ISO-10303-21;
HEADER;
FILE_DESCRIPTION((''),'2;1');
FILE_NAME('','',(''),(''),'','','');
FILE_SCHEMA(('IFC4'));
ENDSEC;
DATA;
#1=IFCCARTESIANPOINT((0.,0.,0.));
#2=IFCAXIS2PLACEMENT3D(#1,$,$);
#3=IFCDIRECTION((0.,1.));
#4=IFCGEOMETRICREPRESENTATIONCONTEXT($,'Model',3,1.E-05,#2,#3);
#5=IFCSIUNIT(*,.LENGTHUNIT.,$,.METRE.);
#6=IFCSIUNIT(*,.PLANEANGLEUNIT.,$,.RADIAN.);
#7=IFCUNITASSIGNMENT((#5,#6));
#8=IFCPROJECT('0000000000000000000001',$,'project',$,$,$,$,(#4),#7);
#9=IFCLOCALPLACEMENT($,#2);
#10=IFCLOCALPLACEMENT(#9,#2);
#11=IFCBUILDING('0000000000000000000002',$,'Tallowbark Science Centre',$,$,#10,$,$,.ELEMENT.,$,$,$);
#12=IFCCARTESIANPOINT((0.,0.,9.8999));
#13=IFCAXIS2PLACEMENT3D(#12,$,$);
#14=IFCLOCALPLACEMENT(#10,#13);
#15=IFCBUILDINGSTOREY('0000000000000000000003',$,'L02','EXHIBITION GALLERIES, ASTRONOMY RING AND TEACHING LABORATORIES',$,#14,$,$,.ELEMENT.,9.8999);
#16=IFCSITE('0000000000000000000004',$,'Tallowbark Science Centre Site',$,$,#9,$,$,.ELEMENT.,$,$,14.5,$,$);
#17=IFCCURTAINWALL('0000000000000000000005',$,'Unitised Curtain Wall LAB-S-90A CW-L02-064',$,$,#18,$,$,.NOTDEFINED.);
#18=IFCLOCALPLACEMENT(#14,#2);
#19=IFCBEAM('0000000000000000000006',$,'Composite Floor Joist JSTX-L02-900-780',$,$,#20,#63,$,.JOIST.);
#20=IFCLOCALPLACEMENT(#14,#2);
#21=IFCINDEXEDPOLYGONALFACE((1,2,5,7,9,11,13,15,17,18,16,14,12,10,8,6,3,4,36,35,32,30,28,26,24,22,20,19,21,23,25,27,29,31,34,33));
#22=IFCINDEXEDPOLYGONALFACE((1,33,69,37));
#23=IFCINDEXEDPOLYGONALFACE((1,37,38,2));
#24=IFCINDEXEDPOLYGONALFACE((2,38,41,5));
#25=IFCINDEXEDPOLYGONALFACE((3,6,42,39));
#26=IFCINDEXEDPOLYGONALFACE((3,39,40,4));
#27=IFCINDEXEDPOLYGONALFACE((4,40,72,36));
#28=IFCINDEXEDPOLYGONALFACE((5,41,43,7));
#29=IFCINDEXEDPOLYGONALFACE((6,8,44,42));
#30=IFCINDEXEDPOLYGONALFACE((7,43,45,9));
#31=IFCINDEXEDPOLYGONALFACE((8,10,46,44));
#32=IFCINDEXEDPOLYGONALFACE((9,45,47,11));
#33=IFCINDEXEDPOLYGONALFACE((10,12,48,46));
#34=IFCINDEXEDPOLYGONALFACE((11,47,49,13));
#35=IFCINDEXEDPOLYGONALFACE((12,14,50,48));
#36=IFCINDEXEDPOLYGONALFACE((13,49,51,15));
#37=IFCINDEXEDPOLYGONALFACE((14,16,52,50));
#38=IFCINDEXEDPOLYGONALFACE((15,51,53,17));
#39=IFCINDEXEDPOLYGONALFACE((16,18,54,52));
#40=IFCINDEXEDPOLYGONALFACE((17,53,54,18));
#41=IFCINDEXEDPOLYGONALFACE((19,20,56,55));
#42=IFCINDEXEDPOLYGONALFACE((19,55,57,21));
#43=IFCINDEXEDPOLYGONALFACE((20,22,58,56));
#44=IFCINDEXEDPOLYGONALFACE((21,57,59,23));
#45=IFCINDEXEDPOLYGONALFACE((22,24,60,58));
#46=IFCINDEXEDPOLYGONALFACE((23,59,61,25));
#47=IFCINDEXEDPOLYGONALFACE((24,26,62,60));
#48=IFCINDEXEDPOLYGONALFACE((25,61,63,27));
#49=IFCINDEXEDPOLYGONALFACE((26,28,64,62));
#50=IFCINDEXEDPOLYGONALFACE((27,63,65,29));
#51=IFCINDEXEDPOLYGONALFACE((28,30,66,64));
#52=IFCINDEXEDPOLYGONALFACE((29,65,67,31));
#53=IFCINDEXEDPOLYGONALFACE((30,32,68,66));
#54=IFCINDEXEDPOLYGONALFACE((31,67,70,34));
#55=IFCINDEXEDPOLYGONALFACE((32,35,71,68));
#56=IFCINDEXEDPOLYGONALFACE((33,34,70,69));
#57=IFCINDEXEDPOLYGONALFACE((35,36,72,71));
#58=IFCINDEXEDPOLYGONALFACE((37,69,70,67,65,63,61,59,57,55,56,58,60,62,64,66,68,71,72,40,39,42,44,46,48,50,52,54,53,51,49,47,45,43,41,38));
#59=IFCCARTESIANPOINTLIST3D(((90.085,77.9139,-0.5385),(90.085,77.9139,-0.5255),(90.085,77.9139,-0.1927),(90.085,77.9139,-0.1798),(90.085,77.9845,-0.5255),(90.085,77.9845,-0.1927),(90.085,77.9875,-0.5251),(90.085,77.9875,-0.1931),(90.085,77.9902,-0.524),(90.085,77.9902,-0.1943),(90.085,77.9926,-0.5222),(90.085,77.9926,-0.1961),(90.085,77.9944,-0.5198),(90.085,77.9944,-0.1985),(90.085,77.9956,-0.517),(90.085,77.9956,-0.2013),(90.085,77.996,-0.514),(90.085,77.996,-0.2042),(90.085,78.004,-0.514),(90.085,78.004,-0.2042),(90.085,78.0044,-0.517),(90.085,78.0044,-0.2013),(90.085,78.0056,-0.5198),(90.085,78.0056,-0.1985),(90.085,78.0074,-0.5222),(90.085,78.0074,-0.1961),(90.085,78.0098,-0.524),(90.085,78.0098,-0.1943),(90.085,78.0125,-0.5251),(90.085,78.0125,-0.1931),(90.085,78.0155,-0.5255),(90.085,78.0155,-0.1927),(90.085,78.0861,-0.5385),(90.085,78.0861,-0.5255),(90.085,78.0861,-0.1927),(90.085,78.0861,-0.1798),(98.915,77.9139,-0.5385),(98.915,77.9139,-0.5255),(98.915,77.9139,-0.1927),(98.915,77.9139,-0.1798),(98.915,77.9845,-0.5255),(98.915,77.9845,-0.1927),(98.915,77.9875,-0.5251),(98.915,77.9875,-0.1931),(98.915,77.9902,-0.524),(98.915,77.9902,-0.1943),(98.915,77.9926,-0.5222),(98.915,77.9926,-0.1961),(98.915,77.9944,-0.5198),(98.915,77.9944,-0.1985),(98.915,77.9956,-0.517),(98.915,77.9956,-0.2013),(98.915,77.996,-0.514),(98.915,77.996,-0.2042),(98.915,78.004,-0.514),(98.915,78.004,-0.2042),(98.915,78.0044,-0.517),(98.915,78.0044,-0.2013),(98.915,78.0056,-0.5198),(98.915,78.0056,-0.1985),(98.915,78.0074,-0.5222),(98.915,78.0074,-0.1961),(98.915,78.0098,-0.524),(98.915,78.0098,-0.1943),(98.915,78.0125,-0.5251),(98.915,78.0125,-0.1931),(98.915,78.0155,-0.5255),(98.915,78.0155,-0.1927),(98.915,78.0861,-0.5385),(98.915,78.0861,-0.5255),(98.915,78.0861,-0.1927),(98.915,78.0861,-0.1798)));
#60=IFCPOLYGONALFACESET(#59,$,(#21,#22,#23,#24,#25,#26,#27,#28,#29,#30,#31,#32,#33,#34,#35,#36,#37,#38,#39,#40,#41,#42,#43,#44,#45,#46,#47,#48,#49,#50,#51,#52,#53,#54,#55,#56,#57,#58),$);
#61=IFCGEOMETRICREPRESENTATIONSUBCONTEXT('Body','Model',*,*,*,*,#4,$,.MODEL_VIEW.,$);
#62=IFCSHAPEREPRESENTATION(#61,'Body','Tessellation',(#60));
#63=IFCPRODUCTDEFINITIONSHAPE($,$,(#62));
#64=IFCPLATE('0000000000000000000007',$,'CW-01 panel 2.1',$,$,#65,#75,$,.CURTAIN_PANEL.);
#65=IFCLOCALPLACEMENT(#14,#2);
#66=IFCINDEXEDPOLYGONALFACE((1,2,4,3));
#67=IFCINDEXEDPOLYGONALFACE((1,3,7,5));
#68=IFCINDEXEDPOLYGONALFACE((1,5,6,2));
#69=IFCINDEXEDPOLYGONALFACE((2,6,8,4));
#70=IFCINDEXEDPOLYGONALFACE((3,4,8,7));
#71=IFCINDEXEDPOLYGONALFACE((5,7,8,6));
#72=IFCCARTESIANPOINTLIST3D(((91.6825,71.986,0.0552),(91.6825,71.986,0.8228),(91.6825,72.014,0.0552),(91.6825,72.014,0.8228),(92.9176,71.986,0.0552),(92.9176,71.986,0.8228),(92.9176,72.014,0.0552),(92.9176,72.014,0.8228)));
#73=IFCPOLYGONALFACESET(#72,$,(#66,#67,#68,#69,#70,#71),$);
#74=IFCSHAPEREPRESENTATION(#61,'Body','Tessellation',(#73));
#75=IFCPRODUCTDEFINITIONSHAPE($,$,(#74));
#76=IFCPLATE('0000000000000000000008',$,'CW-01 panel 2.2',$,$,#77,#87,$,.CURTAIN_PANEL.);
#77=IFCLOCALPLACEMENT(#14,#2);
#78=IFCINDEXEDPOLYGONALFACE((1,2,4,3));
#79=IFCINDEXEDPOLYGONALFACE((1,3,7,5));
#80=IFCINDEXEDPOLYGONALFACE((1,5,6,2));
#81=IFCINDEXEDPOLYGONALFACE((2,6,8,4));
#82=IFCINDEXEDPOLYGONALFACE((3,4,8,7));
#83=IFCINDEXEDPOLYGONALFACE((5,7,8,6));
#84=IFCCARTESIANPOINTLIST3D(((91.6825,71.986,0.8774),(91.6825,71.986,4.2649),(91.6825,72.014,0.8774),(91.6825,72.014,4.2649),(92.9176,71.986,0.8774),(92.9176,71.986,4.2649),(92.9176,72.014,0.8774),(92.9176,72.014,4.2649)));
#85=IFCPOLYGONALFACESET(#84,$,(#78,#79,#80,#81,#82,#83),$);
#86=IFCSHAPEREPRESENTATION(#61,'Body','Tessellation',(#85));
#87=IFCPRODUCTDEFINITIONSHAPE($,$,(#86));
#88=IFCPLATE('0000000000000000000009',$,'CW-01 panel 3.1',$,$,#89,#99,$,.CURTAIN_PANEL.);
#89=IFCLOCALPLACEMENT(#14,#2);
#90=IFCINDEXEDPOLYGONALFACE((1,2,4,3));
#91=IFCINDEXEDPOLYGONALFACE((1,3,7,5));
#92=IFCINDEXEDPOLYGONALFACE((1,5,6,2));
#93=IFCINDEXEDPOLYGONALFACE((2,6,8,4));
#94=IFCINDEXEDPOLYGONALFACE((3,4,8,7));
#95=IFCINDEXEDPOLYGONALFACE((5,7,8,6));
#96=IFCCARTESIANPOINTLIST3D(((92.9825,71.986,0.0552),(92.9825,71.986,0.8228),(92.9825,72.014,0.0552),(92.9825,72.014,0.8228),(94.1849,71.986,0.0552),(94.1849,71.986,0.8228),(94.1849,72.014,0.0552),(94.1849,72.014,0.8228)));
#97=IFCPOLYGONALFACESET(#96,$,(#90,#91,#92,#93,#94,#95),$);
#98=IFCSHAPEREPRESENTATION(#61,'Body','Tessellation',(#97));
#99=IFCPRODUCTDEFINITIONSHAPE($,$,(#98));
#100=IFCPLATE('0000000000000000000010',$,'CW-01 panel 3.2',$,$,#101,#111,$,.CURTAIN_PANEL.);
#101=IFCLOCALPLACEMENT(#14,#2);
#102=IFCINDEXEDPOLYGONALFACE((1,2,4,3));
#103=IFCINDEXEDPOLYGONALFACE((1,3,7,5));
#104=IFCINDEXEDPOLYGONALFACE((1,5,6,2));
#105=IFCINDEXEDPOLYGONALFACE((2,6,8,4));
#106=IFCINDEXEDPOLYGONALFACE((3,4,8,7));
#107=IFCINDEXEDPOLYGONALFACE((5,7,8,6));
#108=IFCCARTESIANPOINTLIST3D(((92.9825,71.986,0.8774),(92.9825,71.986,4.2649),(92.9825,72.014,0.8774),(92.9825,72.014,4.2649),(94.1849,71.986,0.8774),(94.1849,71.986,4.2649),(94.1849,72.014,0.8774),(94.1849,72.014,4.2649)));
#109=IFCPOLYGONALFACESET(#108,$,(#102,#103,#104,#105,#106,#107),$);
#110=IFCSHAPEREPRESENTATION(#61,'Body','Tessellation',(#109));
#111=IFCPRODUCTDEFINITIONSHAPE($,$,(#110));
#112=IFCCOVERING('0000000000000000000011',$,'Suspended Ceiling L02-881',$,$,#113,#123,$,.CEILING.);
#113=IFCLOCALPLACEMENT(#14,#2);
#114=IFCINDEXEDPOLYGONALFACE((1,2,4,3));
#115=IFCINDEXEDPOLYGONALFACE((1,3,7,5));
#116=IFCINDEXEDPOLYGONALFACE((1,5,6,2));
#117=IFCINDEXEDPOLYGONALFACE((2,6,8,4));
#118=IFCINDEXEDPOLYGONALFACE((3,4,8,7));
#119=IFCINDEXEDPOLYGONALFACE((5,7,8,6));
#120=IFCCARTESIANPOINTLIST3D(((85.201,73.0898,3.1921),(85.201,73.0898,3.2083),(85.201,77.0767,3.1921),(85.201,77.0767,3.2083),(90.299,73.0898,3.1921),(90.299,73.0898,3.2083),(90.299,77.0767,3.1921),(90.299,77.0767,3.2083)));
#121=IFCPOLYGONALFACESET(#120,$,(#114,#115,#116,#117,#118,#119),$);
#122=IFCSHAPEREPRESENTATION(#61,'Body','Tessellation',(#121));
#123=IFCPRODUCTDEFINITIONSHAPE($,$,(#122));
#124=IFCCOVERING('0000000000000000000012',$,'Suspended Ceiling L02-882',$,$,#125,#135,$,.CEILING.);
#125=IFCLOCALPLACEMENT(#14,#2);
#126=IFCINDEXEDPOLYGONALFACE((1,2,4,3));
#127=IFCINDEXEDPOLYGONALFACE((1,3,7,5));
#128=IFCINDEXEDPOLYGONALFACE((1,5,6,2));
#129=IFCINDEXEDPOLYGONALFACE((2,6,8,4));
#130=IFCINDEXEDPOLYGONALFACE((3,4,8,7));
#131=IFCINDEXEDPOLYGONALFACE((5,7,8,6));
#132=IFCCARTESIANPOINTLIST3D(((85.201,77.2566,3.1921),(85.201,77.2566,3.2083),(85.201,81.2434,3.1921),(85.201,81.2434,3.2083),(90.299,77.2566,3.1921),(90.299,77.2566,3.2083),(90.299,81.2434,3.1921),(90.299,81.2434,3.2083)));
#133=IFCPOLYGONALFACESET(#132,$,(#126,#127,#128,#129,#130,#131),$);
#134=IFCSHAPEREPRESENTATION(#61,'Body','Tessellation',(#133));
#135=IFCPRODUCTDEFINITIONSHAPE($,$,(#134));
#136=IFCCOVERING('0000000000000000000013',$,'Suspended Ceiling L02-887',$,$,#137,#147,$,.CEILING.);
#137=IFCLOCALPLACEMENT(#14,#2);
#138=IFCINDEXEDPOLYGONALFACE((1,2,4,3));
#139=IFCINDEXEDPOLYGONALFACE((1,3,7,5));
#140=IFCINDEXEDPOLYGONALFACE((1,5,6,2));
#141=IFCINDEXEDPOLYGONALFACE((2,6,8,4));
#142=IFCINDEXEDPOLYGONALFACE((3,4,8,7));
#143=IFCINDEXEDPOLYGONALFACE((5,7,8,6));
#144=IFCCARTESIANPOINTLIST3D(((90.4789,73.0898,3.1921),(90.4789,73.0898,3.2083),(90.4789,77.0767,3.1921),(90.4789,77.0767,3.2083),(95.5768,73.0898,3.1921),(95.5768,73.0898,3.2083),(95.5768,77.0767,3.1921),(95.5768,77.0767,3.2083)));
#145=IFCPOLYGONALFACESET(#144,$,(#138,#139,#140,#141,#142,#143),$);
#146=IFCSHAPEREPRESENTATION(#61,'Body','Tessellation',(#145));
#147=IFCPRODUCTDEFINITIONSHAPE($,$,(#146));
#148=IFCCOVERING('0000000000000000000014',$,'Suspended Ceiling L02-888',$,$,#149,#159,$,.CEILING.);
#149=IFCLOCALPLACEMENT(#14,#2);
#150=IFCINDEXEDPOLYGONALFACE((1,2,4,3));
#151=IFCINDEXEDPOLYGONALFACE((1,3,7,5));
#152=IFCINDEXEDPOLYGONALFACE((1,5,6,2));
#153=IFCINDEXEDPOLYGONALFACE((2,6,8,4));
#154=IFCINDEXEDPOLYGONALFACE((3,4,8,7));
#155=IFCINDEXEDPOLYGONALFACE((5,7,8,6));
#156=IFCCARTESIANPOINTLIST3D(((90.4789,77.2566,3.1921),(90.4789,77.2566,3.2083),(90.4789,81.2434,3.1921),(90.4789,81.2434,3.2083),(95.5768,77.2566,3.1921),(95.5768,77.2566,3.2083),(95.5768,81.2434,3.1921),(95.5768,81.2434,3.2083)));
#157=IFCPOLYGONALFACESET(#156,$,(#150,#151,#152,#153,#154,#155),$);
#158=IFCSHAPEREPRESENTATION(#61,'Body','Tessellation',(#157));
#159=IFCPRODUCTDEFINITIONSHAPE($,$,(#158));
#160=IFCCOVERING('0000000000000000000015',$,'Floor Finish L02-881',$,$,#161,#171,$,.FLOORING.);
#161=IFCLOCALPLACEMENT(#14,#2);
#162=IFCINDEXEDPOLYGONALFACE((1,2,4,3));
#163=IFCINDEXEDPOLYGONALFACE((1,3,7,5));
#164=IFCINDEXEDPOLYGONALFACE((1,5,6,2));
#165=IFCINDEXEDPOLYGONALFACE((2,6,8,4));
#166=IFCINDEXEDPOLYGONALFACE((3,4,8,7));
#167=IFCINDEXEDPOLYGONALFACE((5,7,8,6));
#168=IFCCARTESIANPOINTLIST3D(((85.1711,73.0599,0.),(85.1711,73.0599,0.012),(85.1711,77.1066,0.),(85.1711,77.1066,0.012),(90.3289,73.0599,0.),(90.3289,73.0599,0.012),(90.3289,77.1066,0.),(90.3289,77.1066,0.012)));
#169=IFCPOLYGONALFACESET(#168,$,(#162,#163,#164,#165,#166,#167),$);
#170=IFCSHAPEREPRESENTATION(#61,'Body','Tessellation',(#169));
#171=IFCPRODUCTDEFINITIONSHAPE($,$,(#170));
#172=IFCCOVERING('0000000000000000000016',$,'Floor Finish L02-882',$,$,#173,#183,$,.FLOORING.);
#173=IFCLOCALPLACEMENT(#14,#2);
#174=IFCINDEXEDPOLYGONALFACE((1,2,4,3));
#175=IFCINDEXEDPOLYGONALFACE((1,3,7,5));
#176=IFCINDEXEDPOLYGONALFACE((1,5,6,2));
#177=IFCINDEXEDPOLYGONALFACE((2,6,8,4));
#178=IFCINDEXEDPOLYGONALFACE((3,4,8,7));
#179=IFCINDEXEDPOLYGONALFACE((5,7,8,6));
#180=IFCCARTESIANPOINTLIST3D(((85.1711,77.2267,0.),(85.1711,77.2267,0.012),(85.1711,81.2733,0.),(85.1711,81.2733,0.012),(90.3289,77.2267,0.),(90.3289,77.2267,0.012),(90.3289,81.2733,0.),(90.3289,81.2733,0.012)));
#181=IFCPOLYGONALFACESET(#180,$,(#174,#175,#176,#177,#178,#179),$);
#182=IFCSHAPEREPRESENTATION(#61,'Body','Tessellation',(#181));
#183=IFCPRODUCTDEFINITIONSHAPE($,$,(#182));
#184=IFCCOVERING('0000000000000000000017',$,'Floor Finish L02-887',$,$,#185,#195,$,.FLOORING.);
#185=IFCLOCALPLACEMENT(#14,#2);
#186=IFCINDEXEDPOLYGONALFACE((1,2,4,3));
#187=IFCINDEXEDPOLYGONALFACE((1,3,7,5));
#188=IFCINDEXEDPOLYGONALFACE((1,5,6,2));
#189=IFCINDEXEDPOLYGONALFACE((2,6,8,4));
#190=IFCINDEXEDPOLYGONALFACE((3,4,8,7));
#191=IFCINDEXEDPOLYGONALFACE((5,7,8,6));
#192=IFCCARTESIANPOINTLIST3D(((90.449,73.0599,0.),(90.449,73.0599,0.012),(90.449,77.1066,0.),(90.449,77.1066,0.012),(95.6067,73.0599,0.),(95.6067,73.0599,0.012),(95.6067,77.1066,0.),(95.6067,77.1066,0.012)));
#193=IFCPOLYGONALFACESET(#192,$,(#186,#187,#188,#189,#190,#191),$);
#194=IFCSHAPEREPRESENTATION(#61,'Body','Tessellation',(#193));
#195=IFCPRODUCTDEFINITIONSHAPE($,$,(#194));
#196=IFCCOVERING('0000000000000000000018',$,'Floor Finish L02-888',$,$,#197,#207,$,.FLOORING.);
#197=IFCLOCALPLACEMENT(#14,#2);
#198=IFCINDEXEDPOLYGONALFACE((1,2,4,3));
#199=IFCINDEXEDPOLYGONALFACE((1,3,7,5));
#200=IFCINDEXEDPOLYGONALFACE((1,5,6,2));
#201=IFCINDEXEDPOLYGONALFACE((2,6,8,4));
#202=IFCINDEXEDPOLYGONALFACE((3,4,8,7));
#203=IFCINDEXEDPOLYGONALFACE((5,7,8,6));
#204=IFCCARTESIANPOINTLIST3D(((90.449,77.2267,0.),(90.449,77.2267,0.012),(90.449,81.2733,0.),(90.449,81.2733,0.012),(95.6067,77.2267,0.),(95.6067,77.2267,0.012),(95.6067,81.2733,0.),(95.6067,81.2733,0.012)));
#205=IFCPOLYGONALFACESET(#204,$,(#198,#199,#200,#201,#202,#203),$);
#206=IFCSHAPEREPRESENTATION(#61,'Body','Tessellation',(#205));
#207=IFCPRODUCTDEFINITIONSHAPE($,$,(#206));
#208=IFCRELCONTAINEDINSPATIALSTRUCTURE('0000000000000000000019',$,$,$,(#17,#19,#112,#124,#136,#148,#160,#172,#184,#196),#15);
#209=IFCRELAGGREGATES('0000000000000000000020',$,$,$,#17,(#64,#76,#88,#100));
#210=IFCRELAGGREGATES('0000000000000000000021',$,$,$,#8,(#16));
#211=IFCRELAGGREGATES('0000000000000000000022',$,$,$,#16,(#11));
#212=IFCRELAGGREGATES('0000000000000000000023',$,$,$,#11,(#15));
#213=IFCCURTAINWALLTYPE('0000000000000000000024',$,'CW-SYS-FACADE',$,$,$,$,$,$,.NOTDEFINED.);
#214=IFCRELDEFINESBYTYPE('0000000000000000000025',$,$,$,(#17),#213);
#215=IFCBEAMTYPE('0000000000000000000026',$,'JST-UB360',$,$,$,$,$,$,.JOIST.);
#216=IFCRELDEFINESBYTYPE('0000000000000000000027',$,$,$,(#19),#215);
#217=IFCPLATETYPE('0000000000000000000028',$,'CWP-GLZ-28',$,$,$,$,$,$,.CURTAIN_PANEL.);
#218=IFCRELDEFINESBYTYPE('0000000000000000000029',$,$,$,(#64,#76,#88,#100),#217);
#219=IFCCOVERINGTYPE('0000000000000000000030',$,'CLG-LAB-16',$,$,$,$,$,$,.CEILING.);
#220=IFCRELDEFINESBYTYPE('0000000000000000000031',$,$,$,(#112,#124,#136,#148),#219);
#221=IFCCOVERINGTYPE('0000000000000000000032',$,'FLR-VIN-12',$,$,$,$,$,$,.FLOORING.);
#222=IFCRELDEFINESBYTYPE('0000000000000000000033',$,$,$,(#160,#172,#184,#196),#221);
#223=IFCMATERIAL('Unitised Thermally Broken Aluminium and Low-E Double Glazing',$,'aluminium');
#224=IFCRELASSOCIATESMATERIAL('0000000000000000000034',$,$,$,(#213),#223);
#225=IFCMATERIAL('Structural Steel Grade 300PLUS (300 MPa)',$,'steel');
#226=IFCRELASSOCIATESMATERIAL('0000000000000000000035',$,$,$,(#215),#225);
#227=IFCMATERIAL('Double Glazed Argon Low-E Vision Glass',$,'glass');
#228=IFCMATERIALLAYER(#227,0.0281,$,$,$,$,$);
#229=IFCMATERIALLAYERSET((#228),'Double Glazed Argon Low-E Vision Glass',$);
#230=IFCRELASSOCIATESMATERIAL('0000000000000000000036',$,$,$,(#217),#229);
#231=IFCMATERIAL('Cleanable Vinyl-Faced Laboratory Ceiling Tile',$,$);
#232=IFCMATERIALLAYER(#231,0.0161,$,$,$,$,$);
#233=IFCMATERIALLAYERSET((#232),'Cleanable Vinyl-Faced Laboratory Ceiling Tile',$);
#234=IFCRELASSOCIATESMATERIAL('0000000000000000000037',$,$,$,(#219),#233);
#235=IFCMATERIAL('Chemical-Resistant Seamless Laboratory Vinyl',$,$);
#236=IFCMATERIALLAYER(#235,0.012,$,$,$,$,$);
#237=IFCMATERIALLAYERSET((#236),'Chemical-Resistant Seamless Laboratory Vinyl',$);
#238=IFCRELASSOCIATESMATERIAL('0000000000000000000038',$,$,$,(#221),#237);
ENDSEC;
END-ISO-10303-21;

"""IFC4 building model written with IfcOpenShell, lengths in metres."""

from ifc_helpers import new_model, si_unit, direction, frame, origin, origin_2d, place, context, subcontext, project, spatial, rectangle, i_section, extrude, material, layer, layer_set, material_profile, profile_set, type_object, element, aggregate, save


model = new_model("IFC4")

# Units and contexts
model_context = context("Model", 3, precision=1e-05, world=origin(), true_north=direction((0.0, 1.0)))
body_context = subcontext(model_context, "Body", "Model", "MODEL_VIEW")
ifc_project = project(units=[si_unit("LENGTHUNIT", "METRE"), si_unit("PLANEANGLEUNIT", "RADIAN")], contexts=[model_context])

# Site, building, storey
site_placement = place(None, origin())
site = spatial("IfcSite", under=ifc_project, at=site_placement, Name="Tallowbark Science Centre Site", CompositionType="ELEMENT", RefElevation=14.5)
building_placement = place(site_placement, origin())
building = spatial("IfcBuilding", under=site, at=building_placement, Name="Tallowbark Science Centre", CompositionType="ELEMENT")
storey_placement = place(building_placement, frame((0.0, 0.0, 9.8999)))
storey = spatial("IfcBuildingStorey", under=building, at=storey_placement, Name="L02", Description="EXHIBITION GALLERIES, ASTRONOMY RING AND TEACHING LABORATORIES", CompositionType="ELEMENT", Elevation=9.8999)

# Curtain wall
ifc_material_1 = material(Name="Unitised Thermally Broken Aluminium and Low-E Double Glazing", Category="aluminium")
curtain_wall_type = type_object("IfcCurtainWallType", Name="CW-SYS-FACADE", PredefinedType="NOTDEFINED", material=ifc_material_1)
curtain_wall_1_placement = place(storey_placement, origin())
curtain_wall_1 = element("IfcCurtainWall", 1, at=curtain_wall_1_placement, inside=storey, type_object=curtain_wall_type, Name="Unitised Curtain Wall LAB-S-90A CW-L02-064", PredefinedType="NOTDEFINED")

# Beam
ifc_material_2 = material(Name="Structural Steel Grade 300PLUS (300 MPa)", Category="steel")
ifc_material_profile_1 = material_profile(ifc_material_2, i_section(OverallWidth=0.1721, OverallDepth=0.3586, WebThickness=0.0081, FlangeThickness=0.0129, FilletRadius=0.0115, at=origin_2d()), Name="360UB56.7")
ifc_profile_set_1 = profile_set([ifc_material_profile_1], Name="Structural Steel Grade 300PLUS (300 MPa)")
beam_type = type_object("IfcBeamType", Name="JST-UB360", PredefinedType="JOIST", material=ifc_profile_set_1)
for number, where, z_axis, x_axis, name in (
    (2, (90.085, 78.0, -0.3591), (1.0, 0.0, 0.0), (0.0, 1.0, 0.0), "Composite Floor Joist JSTX-L02-900-780"),
):
    element("IfcBeam", number, at=place(storey_placement, frame(where, z_axis=z_axis, x_axis=x_axis)), inside=storey, type_object=beam_type, Name=name, PredefinedType="JOIST", context=body_context, shape_type="SweptSolid", body=[
        extrude(i_section(OverallWidth=0.1721, OverallDepth=0.3586, WebThickness=0.0081, FlangeThickness=0.0129, FilletRadius=0.0115, at=origin_2d()), origin(), (0.0, 0.0, 1.0), 8.8301),
    ])

# Plates
ifc_material_3 = material(Name="Double Glazed Argon Low-E Vision Glass", Category="glass")
ifc_layer_1 = layer(ifc_material_3, 0.0281)
ifc_layer_set_1 = layer_set([ifc_layer_1], Name="Double Glazed Argon Low-E Vision Glass")
plate_type = type_object("IfcPlateType", Name="CWP-GLZ-28", PredefinedType="CURTAIN_PANEL", material=ifc_layer_set_1)
plate_1_placement = place(storey_placement, frame((92.3, 72.0, 0.0552), z_axis=(0.0, 0.0, 1.0), x_axis=(1.0, 0.0, 0.0)))
plate_1 = element("IfcPlate", 3, at=plate_1_placement, type_object=plate_type, Name="CW-01 panel 2.1", PredefinedType="CURTAIN_PANEL", context=body_context, shape_type="SweptSolid", body=[
    extrude(rectangle(XDim=1.2351, YDim=0.0281, at=origin_2d()), origin(), (0.0, 0.0, 1.0), 0.7676),
])
plate_2_placement = place(storey_placement, frame((92.3, 72.0, 0.8774), z_axis=(0.0, 0.0, 1.0), x_axis=(1.0, 0.0, 0.0)))
plate_2 = element("IfcPlate", 4, at=plate_2_placement, type_object=plate_type, Name="CW-01 panel 2.2", PredefinedType="CURTAIN_PANEL", context=body_context, shape_type="SweptSolid", body=[
    extrude(rectangle(XDim=1.2351, YDim=0.0281, at=origin_2d()), origin(), (0.0, 0.0, 1.0), 3.3875),
])
plate_3_placement = place(storey_placement, frame((93.5837, 72.0, 0.0552), z_axis=(0.0, 0.0, 1.0), x_axis=(1.0, 0.0, 0.0)))
plate_3 = element("IfcPlate", 5, at=plate_3_placement, type_object=plate_type, Name="CW-01 panel 3.1", PredefinedType="CURTAIN_PANEL", context=body_context, shape_type="SweptSolid", body=[
    extrude(rectangle(XDim=1.2024, YDim=0.0281, at=origin_2d()), origin(), (0.0, 0.0, 1.0), 0.7676),
])
plate_4_placement = place(storey_placement, frame((93.5837, 72.0, 0.8774), z_axis=(0.0, 0.0, 1.0), x_axis=(1.0, 0.0, 0.0)))
plate_4 = element("IfcPlate", 6, at=plate_4_placement, type_object=plate_type, Name="CW-01 panel 3.2", PredefinedType="CURTAIN_PANEL", context=body_context, shape_type="SweptSolid", body=[
    extrude(rectangle(XDim=1.2024, YDim=0.0281, at=origin_2d()), origin(), (0.0, 0.0, 1.0), 3.3875),
])
aggregate(curtain_wall_1, [plate_1, plate_2, plate_3, plate_4])

# Coverings
ifc_material_4 = material(Name="Cleanable Vinyl-Faced Laboratory Ceiling Tile")
ifc_layer_2 = layer(ifc_material_4, 0.0161)
ifc_layer_set_2 = layer_set([ifc_layer_2], Name="Cleanable Vinyl-Faced Laboratory Ceiling Tile")
covering_type_1 = type_object("IfcCoveringType", Name="CLG-LAB-16", PredefinedType="CEILING", material=ifc_layer_set_2)
for number, where, z_axis, x_axis, name in (
    (7, (87.75, 75.0833, 3.1921), (0.0, 0.0, 1.0), (1.0, 0.0, 0.0), "Suspended Ceiling L02-881"),
    (8, (87.75, 79.25, 3.1921), (0.0, 0.0, 1.0), (1.0, 0.0, 0.0), "Suspended Ceiling L02-882"),
    (9, (93.0278, 75.0833, 3.1921), (0.0, 0.0, 1.0), (1.0, 0.0, 0.0), "Suspended Ceiling L02-887"),
    (10, (93.0278, 79.25, 3.1921), (0.0, 0.0, 1.0), (1.0, 0.0, 0.0), "Suspended Ceiling L02-888"),
):
    element("IfcCovering", number, at=place(storey_placement, frame(where, z_axis=z_axis, x_axis=x_axis)), inside=storey, type_object=covering_type_1, Name=name, PredefinedType="CEILING", context=body_context, shape_type="SweptSolid", body=[
        extrude(rectangle(XDim=5.0979, YDim=3.9868, at=origin_2d()), origin(), (0.0, 0.0, 1.0), 0.0161),
    ])
ifc_material_5 = material(Name="Chemical-Resistant Seamless Laboratory Vinyl")
ifc_layer_3 = layer(ifc_material_5, 0.012)
ifc_layer_set_3 = layer_set([ifc_layer_3], Name="Chemical-Resistant Seamless Laboratory Vinyl")
covering_type_2 = type_object("IfcCoveringType", Name="FLR-VIN-12", PredefinedType="FLOORING", material=ifc_layer_set_3)
for number, where, z_axis, x_axis, name in (
    (11, (87.75, 75.0833, 0.0), (0.0, 0.0, 1.0), (1.0, 0.0, 0.0), "Floor Finish L02-881"),
    (12, (87.75, 79.25, 0.0), (0.0, 0.0, 1.0), (1.0, 0.0, 0.0), "Floor Finish L02-882"),
    (13, (93.0278, 75.0833, 0.0), (0.0, 0.0, 1.0), (1.0, 0.0, 0.0), "Floor Finish L02-887"),
    (14, (93.0278, 79.25, 0.0), (0.0, 0.0, 1.0), (1.0, 0.0, 0.0), "Floor Finish L02-888"),
):
    element("IfcCovering", number, at=place(storey_placement, frame(where, z_axis=z_axis, x_axis=x_axis)), inside=storey, type_object=covering_type_2, Name=name, PredefinedType="FLOORING", context=body_context, shape_type="SweptSolid", body=[
        extrude(rectangle(XDim=5.1577, YDim=4.0466, at=origin_2d()), origin(), (0.0, 0.0, 1.0), 0.012),
    ])

save(model, "model.ifc")
